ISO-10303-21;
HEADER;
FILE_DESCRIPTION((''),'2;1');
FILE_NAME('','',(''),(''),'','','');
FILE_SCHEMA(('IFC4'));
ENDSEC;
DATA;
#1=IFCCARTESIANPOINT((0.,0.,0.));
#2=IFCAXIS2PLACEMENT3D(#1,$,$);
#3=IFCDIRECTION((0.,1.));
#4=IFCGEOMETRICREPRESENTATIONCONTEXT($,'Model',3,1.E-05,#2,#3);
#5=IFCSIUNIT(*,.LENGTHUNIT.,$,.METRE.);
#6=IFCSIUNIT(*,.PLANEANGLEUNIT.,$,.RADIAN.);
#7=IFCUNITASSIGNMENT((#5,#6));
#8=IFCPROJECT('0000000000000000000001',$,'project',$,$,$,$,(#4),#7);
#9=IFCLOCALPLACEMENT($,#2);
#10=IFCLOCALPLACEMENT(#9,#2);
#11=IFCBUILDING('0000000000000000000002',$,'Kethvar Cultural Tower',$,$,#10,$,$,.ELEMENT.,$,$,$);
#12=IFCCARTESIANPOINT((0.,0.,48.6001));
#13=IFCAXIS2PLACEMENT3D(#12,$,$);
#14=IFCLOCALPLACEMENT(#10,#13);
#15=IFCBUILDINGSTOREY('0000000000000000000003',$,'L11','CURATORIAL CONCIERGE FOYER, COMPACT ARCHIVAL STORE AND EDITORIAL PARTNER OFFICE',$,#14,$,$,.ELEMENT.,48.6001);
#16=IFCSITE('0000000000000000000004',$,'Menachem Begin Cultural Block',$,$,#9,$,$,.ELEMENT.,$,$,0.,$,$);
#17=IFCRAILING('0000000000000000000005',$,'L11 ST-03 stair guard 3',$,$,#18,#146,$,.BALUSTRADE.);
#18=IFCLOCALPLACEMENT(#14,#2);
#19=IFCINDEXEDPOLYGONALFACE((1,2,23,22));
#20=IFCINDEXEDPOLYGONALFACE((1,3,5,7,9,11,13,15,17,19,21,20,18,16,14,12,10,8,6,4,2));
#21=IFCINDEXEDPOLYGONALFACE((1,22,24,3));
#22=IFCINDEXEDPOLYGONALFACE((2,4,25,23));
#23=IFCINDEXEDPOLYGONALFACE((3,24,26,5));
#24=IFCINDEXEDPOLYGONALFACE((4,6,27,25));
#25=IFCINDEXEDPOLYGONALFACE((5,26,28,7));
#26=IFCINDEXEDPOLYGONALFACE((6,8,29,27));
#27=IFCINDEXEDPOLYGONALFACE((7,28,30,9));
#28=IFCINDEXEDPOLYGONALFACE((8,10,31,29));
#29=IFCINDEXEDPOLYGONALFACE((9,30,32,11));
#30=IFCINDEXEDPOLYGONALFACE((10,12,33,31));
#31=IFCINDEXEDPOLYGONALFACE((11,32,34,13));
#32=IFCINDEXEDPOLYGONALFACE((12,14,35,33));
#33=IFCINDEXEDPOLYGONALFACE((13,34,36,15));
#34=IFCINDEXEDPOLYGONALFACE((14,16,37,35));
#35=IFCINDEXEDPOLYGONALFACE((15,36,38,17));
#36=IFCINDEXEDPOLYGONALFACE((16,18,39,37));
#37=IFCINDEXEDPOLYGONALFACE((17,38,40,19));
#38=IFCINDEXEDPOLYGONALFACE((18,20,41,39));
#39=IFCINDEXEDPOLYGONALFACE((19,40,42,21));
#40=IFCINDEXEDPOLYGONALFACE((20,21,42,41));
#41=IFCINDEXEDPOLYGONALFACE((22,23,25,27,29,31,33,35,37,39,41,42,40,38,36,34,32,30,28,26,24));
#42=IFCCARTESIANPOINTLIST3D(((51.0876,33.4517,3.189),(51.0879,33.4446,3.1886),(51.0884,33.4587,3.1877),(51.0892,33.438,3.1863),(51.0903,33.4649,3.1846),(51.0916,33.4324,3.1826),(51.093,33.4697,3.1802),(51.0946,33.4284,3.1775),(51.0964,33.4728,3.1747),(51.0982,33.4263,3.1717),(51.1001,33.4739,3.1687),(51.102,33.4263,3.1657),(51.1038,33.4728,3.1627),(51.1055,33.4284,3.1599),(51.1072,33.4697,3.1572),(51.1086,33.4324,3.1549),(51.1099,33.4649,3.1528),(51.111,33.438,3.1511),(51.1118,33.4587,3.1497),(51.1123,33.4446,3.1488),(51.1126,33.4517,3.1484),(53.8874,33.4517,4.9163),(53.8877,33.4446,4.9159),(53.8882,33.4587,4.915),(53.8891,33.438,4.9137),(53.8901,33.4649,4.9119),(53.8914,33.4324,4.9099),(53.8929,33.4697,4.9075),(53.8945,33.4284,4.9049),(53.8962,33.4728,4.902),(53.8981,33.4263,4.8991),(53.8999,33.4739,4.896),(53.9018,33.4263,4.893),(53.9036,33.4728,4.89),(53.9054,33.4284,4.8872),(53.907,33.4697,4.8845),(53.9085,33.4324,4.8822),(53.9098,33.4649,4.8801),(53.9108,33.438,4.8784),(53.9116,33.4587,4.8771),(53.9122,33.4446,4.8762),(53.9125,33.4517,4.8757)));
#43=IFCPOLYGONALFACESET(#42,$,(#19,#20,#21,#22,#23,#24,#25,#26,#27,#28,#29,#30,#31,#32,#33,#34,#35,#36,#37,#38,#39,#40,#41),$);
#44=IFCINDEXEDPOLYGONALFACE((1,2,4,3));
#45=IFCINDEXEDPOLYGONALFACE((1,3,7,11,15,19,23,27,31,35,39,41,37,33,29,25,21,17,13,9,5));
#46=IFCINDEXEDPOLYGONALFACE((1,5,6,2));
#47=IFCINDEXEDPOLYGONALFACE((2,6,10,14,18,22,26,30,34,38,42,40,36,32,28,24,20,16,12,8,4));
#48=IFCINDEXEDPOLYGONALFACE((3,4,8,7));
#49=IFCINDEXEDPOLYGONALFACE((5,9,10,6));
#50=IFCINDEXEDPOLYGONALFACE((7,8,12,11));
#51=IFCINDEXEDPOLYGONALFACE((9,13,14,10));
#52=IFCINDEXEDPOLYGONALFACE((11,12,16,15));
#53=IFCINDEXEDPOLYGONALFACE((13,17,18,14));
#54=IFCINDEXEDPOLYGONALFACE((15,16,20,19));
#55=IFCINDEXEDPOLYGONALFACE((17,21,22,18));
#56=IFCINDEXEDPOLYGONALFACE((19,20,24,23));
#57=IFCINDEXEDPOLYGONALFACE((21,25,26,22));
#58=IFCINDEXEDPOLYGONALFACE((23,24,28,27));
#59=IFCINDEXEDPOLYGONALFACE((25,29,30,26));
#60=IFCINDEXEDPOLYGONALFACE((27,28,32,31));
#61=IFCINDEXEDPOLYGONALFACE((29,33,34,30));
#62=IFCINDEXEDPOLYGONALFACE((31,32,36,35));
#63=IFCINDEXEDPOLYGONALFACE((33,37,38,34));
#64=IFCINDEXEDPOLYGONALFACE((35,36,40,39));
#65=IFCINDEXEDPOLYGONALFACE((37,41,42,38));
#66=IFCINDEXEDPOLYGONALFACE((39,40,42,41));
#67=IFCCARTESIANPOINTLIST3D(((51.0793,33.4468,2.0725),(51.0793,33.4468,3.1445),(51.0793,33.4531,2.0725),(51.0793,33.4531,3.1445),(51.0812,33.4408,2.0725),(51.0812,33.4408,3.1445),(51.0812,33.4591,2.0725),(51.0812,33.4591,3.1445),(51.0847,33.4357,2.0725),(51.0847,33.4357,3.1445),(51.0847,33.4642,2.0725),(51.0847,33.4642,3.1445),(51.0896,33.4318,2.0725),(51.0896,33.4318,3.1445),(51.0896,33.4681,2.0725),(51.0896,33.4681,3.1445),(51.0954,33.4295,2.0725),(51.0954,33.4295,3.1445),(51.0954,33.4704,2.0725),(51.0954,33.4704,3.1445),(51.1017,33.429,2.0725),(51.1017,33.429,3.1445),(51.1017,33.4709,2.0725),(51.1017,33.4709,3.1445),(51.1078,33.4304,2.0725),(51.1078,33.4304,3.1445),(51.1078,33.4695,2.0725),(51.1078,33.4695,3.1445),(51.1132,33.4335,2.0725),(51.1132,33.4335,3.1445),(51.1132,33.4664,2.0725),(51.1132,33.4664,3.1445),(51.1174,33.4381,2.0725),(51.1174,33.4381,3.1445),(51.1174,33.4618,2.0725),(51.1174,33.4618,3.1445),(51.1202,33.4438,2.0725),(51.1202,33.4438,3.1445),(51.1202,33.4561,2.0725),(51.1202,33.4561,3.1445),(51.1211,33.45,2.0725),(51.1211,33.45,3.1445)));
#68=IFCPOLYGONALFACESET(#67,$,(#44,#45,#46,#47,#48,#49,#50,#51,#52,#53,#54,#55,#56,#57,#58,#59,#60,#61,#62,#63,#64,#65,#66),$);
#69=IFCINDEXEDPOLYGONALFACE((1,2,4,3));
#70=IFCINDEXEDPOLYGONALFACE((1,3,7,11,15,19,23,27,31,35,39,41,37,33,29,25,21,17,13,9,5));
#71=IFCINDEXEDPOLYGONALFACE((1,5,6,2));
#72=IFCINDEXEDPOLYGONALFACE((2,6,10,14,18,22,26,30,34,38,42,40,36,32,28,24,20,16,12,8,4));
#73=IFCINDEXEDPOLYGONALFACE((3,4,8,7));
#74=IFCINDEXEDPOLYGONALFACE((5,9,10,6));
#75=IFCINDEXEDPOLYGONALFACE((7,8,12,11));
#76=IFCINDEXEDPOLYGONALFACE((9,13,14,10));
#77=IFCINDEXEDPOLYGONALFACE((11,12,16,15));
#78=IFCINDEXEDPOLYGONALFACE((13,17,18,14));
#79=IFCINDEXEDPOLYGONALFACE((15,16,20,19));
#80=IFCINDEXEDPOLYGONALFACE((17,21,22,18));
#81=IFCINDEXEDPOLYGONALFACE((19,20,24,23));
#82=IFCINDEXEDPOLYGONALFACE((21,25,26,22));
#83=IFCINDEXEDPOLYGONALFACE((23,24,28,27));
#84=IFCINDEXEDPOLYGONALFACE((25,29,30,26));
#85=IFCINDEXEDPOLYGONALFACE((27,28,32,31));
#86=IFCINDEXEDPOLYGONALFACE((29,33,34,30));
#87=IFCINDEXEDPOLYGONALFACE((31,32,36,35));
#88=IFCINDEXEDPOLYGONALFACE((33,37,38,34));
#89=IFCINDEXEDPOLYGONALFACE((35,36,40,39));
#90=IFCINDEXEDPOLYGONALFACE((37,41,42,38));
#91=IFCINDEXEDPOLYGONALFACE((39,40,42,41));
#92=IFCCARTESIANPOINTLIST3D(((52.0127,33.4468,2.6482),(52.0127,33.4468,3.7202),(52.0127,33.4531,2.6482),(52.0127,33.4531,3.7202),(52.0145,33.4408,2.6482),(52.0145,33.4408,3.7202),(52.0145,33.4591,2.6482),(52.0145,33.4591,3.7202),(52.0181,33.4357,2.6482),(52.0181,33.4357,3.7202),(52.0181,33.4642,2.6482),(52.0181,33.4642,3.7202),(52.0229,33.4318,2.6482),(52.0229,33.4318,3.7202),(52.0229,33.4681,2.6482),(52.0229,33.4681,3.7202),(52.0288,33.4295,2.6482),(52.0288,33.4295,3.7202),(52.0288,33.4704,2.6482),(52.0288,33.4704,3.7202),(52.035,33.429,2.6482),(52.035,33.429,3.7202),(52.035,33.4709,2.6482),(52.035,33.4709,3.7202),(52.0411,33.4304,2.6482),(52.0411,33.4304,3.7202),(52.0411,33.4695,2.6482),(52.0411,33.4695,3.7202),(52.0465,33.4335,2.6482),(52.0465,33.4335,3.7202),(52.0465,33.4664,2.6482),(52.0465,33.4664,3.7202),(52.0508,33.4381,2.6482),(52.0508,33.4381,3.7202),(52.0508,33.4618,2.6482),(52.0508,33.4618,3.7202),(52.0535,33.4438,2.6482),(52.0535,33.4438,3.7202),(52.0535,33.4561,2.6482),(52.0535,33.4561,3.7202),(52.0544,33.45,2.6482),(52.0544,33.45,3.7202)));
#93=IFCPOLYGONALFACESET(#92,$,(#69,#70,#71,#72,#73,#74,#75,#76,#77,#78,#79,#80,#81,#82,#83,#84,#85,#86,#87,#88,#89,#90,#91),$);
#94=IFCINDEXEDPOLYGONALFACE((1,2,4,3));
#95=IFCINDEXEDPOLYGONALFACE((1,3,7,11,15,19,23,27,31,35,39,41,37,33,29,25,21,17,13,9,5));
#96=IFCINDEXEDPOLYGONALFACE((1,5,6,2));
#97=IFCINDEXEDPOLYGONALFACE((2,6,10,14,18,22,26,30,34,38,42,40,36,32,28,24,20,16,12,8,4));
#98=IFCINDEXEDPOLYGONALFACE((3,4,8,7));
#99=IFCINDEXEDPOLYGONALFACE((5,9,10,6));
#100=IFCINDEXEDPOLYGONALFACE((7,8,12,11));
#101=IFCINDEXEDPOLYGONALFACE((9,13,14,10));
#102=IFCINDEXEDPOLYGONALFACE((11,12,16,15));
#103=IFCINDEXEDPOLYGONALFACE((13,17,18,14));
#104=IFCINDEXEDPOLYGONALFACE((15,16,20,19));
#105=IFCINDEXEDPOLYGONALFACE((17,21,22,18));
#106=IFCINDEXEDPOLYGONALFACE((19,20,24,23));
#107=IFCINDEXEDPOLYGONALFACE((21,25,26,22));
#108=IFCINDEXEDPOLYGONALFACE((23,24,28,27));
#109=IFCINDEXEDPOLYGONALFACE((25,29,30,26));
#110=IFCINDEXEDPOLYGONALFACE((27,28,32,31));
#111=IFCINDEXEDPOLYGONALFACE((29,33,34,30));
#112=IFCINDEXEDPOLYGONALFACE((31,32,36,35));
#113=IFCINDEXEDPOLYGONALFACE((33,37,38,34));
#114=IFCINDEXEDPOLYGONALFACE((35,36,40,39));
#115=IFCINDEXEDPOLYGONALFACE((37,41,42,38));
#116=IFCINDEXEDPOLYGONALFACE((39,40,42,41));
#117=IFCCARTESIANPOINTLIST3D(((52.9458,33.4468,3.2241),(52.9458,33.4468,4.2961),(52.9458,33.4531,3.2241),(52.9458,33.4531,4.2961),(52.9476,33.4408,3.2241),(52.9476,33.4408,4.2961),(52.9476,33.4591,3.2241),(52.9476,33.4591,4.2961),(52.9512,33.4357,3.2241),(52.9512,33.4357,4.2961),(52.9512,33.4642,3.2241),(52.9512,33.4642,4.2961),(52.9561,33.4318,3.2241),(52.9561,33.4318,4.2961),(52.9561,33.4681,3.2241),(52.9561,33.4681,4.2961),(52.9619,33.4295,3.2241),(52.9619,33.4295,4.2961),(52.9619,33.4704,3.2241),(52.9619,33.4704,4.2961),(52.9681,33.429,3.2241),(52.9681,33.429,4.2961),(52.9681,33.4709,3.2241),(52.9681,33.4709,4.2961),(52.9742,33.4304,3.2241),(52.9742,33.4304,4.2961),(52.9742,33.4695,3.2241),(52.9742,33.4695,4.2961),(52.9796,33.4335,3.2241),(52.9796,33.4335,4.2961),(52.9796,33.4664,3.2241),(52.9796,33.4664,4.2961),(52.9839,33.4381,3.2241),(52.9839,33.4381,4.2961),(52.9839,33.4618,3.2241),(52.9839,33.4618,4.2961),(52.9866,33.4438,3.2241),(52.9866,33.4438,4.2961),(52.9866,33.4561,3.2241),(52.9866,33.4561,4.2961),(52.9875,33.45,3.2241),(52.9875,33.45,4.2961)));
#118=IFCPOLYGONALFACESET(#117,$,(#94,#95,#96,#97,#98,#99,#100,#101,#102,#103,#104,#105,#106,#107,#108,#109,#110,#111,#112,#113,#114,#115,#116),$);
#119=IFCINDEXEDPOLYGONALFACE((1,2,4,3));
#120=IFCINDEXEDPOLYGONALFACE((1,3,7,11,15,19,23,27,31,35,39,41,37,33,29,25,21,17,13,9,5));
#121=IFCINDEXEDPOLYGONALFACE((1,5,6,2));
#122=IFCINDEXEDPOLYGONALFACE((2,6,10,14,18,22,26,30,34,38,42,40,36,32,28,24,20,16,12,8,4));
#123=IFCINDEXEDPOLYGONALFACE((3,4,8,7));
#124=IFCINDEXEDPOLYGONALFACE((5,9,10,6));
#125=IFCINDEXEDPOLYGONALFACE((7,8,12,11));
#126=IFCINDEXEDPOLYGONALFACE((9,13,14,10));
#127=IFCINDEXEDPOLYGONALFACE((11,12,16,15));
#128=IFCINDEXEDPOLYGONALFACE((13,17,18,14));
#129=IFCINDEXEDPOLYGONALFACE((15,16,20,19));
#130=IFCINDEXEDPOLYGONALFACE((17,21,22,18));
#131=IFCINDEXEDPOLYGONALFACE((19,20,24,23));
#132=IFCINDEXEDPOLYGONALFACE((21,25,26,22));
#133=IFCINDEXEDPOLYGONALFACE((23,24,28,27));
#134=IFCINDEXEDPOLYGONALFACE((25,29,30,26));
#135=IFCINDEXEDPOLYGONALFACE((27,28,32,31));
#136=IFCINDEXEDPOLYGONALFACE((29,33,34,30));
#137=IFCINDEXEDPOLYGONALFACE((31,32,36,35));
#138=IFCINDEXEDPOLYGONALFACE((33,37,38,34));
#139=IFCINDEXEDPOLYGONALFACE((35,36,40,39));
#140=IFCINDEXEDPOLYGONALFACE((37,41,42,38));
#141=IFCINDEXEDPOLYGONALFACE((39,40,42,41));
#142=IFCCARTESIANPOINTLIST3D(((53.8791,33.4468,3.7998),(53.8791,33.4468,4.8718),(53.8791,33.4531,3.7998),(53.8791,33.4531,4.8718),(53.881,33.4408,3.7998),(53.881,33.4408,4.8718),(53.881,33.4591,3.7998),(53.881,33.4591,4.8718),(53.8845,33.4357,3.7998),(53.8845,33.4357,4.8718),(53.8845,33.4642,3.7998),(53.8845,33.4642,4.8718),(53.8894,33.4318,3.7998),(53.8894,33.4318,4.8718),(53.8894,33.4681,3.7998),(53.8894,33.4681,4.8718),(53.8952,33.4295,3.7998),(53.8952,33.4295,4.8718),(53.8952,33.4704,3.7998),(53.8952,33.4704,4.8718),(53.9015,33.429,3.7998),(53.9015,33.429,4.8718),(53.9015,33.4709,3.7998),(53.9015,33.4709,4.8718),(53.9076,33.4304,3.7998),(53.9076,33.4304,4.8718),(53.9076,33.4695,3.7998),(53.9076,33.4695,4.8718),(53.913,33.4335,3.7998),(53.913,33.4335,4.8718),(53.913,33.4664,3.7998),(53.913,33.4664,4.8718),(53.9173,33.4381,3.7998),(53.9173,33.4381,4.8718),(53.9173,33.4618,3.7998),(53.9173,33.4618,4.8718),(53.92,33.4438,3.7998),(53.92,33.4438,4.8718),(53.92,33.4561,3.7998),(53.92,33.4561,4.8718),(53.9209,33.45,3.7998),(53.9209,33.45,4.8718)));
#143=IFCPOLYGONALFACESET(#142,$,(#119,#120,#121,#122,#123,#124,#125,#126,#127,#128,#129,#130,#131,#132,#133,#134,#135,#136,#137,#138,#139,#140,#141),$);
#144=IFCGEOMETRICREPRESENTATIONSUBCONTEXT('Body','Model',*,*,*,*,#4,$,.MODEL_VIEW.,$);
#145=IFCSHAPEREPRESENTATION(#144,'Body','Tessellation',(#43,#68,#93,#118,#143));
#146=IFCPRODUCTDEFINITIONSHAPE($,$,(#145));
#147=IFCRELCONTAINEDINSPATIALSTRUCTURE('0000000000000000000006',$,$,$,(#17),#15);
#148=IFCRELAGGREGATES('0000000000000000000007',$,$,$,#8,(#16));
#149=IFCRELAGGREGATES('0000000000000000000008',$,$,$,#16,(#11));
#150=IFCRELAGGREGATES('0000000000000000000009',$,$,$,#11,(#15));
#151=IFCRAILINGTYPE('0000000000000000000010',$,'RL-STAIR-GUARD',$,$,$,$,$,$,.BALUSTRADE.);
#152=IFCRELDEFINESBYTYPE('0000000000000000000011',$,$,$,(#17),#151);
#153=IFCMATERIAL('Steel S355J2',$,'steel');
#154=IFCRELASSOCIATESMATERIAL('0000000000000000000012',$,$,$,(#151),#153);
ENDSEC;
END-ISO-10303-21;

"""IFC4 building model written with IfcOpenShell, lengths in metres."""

from ifc_helpers import new_model, si_unit, direction, frame, origin, origin_2d, place, context, subcontext, project, spatial, circle, extrude, material, type_object, element, save


model = new_model("IFC4")

# Units and contexts
model_context = context("Model", 3, precision=1e-05, world=origin(), true_north=direction((0.0, 1.0)))
body_context = subcontext(model_context, "Body", "Model", "MODEL_VIEW")
ifc_project = project(units=[si_unit("LENGTHUNIT", "METRE"), si_unit("PLANEANGLEUNIT", "RADIAN")], contexts=[model_context])

# Site, building, storey
site_placement = place(None, origin())
site = spatial("IfcSite", under=ifc_project, at=site_placement, Name="Menachem Begin Cultural Block", CompositionType="ELEMENT", RefElevation=0.0)
building_placement = place(site_placement, origin())
building = spatial("IfcBuilding", under=site, at=building_placement, Name="Kethvar Cultural Tower", CompositionType="ELEMENT")
storey_placement = place(building_placement, frame((0.0, 0.0, 48.6001)))
storey = spatial("IfcBuildingStorey", under=building, at=storey_placement, Name="L11", Description="CURATORIAL CONCIERGE FOYER, COMPACT ARCHIVAL STORE AND EDITORIAL PARTNER OFFICE", CompositionType="ELEMENT", Elevation=48.6001)

# Shared definitions
ifc_material_1 = material(Name="Steel S355J2", Category="steel")

# Railing
railing_type_1 = type_object("IfcRailingType", Name="RL-STAIR-GUARD", PredefinedType="BALUSTRADE", material=ifc_material_1)
railing_1_placement = place(storey_placement, frame((51.1001, 33.45, 2.0725)))
element("IfcRailing", 1, at=railing_1_placement, inside=storey, type_object=railing_type_1, Name="L11 ST-03 stair guard 3", PredefinedType="BALUSTRADE", context=body_context, shape_type="SweptSolid", body=[
    extrude(circle(Radius=0.0239, at=origin_2d()), frame((0.0, 0.0, 1.0962), z_axis=(0.851069, 0.0, 0.525054), x_axis=(0.0, 1.0, 0.0)), (0.0, 0.0, 1.0), 3.2898),
    extrude(circle(Radius=0.021, at=origin_2d()), origin(), (0.0, 0.0, 1.0), 1.072),
    extrude(circle(Radius=0.021, at=origin_2d()), frame((0.9333, 0.0, 0.5757)), (0.0, 0.0, 1.0), 1.072),
    extrude(circle(Radius=0.021, at=origin_2d()), frame((1.8665, 0.0, 1.1516)), (0.0, 0.0, 1.0), 1.072),
    extrude(circle(Radius=0.021, at=origin_2d()), frame((2.7998, 0.0, 1.7273)), (0.0, 0.0, 1.0), 1.072),
])

save(model, "model.ifc")
